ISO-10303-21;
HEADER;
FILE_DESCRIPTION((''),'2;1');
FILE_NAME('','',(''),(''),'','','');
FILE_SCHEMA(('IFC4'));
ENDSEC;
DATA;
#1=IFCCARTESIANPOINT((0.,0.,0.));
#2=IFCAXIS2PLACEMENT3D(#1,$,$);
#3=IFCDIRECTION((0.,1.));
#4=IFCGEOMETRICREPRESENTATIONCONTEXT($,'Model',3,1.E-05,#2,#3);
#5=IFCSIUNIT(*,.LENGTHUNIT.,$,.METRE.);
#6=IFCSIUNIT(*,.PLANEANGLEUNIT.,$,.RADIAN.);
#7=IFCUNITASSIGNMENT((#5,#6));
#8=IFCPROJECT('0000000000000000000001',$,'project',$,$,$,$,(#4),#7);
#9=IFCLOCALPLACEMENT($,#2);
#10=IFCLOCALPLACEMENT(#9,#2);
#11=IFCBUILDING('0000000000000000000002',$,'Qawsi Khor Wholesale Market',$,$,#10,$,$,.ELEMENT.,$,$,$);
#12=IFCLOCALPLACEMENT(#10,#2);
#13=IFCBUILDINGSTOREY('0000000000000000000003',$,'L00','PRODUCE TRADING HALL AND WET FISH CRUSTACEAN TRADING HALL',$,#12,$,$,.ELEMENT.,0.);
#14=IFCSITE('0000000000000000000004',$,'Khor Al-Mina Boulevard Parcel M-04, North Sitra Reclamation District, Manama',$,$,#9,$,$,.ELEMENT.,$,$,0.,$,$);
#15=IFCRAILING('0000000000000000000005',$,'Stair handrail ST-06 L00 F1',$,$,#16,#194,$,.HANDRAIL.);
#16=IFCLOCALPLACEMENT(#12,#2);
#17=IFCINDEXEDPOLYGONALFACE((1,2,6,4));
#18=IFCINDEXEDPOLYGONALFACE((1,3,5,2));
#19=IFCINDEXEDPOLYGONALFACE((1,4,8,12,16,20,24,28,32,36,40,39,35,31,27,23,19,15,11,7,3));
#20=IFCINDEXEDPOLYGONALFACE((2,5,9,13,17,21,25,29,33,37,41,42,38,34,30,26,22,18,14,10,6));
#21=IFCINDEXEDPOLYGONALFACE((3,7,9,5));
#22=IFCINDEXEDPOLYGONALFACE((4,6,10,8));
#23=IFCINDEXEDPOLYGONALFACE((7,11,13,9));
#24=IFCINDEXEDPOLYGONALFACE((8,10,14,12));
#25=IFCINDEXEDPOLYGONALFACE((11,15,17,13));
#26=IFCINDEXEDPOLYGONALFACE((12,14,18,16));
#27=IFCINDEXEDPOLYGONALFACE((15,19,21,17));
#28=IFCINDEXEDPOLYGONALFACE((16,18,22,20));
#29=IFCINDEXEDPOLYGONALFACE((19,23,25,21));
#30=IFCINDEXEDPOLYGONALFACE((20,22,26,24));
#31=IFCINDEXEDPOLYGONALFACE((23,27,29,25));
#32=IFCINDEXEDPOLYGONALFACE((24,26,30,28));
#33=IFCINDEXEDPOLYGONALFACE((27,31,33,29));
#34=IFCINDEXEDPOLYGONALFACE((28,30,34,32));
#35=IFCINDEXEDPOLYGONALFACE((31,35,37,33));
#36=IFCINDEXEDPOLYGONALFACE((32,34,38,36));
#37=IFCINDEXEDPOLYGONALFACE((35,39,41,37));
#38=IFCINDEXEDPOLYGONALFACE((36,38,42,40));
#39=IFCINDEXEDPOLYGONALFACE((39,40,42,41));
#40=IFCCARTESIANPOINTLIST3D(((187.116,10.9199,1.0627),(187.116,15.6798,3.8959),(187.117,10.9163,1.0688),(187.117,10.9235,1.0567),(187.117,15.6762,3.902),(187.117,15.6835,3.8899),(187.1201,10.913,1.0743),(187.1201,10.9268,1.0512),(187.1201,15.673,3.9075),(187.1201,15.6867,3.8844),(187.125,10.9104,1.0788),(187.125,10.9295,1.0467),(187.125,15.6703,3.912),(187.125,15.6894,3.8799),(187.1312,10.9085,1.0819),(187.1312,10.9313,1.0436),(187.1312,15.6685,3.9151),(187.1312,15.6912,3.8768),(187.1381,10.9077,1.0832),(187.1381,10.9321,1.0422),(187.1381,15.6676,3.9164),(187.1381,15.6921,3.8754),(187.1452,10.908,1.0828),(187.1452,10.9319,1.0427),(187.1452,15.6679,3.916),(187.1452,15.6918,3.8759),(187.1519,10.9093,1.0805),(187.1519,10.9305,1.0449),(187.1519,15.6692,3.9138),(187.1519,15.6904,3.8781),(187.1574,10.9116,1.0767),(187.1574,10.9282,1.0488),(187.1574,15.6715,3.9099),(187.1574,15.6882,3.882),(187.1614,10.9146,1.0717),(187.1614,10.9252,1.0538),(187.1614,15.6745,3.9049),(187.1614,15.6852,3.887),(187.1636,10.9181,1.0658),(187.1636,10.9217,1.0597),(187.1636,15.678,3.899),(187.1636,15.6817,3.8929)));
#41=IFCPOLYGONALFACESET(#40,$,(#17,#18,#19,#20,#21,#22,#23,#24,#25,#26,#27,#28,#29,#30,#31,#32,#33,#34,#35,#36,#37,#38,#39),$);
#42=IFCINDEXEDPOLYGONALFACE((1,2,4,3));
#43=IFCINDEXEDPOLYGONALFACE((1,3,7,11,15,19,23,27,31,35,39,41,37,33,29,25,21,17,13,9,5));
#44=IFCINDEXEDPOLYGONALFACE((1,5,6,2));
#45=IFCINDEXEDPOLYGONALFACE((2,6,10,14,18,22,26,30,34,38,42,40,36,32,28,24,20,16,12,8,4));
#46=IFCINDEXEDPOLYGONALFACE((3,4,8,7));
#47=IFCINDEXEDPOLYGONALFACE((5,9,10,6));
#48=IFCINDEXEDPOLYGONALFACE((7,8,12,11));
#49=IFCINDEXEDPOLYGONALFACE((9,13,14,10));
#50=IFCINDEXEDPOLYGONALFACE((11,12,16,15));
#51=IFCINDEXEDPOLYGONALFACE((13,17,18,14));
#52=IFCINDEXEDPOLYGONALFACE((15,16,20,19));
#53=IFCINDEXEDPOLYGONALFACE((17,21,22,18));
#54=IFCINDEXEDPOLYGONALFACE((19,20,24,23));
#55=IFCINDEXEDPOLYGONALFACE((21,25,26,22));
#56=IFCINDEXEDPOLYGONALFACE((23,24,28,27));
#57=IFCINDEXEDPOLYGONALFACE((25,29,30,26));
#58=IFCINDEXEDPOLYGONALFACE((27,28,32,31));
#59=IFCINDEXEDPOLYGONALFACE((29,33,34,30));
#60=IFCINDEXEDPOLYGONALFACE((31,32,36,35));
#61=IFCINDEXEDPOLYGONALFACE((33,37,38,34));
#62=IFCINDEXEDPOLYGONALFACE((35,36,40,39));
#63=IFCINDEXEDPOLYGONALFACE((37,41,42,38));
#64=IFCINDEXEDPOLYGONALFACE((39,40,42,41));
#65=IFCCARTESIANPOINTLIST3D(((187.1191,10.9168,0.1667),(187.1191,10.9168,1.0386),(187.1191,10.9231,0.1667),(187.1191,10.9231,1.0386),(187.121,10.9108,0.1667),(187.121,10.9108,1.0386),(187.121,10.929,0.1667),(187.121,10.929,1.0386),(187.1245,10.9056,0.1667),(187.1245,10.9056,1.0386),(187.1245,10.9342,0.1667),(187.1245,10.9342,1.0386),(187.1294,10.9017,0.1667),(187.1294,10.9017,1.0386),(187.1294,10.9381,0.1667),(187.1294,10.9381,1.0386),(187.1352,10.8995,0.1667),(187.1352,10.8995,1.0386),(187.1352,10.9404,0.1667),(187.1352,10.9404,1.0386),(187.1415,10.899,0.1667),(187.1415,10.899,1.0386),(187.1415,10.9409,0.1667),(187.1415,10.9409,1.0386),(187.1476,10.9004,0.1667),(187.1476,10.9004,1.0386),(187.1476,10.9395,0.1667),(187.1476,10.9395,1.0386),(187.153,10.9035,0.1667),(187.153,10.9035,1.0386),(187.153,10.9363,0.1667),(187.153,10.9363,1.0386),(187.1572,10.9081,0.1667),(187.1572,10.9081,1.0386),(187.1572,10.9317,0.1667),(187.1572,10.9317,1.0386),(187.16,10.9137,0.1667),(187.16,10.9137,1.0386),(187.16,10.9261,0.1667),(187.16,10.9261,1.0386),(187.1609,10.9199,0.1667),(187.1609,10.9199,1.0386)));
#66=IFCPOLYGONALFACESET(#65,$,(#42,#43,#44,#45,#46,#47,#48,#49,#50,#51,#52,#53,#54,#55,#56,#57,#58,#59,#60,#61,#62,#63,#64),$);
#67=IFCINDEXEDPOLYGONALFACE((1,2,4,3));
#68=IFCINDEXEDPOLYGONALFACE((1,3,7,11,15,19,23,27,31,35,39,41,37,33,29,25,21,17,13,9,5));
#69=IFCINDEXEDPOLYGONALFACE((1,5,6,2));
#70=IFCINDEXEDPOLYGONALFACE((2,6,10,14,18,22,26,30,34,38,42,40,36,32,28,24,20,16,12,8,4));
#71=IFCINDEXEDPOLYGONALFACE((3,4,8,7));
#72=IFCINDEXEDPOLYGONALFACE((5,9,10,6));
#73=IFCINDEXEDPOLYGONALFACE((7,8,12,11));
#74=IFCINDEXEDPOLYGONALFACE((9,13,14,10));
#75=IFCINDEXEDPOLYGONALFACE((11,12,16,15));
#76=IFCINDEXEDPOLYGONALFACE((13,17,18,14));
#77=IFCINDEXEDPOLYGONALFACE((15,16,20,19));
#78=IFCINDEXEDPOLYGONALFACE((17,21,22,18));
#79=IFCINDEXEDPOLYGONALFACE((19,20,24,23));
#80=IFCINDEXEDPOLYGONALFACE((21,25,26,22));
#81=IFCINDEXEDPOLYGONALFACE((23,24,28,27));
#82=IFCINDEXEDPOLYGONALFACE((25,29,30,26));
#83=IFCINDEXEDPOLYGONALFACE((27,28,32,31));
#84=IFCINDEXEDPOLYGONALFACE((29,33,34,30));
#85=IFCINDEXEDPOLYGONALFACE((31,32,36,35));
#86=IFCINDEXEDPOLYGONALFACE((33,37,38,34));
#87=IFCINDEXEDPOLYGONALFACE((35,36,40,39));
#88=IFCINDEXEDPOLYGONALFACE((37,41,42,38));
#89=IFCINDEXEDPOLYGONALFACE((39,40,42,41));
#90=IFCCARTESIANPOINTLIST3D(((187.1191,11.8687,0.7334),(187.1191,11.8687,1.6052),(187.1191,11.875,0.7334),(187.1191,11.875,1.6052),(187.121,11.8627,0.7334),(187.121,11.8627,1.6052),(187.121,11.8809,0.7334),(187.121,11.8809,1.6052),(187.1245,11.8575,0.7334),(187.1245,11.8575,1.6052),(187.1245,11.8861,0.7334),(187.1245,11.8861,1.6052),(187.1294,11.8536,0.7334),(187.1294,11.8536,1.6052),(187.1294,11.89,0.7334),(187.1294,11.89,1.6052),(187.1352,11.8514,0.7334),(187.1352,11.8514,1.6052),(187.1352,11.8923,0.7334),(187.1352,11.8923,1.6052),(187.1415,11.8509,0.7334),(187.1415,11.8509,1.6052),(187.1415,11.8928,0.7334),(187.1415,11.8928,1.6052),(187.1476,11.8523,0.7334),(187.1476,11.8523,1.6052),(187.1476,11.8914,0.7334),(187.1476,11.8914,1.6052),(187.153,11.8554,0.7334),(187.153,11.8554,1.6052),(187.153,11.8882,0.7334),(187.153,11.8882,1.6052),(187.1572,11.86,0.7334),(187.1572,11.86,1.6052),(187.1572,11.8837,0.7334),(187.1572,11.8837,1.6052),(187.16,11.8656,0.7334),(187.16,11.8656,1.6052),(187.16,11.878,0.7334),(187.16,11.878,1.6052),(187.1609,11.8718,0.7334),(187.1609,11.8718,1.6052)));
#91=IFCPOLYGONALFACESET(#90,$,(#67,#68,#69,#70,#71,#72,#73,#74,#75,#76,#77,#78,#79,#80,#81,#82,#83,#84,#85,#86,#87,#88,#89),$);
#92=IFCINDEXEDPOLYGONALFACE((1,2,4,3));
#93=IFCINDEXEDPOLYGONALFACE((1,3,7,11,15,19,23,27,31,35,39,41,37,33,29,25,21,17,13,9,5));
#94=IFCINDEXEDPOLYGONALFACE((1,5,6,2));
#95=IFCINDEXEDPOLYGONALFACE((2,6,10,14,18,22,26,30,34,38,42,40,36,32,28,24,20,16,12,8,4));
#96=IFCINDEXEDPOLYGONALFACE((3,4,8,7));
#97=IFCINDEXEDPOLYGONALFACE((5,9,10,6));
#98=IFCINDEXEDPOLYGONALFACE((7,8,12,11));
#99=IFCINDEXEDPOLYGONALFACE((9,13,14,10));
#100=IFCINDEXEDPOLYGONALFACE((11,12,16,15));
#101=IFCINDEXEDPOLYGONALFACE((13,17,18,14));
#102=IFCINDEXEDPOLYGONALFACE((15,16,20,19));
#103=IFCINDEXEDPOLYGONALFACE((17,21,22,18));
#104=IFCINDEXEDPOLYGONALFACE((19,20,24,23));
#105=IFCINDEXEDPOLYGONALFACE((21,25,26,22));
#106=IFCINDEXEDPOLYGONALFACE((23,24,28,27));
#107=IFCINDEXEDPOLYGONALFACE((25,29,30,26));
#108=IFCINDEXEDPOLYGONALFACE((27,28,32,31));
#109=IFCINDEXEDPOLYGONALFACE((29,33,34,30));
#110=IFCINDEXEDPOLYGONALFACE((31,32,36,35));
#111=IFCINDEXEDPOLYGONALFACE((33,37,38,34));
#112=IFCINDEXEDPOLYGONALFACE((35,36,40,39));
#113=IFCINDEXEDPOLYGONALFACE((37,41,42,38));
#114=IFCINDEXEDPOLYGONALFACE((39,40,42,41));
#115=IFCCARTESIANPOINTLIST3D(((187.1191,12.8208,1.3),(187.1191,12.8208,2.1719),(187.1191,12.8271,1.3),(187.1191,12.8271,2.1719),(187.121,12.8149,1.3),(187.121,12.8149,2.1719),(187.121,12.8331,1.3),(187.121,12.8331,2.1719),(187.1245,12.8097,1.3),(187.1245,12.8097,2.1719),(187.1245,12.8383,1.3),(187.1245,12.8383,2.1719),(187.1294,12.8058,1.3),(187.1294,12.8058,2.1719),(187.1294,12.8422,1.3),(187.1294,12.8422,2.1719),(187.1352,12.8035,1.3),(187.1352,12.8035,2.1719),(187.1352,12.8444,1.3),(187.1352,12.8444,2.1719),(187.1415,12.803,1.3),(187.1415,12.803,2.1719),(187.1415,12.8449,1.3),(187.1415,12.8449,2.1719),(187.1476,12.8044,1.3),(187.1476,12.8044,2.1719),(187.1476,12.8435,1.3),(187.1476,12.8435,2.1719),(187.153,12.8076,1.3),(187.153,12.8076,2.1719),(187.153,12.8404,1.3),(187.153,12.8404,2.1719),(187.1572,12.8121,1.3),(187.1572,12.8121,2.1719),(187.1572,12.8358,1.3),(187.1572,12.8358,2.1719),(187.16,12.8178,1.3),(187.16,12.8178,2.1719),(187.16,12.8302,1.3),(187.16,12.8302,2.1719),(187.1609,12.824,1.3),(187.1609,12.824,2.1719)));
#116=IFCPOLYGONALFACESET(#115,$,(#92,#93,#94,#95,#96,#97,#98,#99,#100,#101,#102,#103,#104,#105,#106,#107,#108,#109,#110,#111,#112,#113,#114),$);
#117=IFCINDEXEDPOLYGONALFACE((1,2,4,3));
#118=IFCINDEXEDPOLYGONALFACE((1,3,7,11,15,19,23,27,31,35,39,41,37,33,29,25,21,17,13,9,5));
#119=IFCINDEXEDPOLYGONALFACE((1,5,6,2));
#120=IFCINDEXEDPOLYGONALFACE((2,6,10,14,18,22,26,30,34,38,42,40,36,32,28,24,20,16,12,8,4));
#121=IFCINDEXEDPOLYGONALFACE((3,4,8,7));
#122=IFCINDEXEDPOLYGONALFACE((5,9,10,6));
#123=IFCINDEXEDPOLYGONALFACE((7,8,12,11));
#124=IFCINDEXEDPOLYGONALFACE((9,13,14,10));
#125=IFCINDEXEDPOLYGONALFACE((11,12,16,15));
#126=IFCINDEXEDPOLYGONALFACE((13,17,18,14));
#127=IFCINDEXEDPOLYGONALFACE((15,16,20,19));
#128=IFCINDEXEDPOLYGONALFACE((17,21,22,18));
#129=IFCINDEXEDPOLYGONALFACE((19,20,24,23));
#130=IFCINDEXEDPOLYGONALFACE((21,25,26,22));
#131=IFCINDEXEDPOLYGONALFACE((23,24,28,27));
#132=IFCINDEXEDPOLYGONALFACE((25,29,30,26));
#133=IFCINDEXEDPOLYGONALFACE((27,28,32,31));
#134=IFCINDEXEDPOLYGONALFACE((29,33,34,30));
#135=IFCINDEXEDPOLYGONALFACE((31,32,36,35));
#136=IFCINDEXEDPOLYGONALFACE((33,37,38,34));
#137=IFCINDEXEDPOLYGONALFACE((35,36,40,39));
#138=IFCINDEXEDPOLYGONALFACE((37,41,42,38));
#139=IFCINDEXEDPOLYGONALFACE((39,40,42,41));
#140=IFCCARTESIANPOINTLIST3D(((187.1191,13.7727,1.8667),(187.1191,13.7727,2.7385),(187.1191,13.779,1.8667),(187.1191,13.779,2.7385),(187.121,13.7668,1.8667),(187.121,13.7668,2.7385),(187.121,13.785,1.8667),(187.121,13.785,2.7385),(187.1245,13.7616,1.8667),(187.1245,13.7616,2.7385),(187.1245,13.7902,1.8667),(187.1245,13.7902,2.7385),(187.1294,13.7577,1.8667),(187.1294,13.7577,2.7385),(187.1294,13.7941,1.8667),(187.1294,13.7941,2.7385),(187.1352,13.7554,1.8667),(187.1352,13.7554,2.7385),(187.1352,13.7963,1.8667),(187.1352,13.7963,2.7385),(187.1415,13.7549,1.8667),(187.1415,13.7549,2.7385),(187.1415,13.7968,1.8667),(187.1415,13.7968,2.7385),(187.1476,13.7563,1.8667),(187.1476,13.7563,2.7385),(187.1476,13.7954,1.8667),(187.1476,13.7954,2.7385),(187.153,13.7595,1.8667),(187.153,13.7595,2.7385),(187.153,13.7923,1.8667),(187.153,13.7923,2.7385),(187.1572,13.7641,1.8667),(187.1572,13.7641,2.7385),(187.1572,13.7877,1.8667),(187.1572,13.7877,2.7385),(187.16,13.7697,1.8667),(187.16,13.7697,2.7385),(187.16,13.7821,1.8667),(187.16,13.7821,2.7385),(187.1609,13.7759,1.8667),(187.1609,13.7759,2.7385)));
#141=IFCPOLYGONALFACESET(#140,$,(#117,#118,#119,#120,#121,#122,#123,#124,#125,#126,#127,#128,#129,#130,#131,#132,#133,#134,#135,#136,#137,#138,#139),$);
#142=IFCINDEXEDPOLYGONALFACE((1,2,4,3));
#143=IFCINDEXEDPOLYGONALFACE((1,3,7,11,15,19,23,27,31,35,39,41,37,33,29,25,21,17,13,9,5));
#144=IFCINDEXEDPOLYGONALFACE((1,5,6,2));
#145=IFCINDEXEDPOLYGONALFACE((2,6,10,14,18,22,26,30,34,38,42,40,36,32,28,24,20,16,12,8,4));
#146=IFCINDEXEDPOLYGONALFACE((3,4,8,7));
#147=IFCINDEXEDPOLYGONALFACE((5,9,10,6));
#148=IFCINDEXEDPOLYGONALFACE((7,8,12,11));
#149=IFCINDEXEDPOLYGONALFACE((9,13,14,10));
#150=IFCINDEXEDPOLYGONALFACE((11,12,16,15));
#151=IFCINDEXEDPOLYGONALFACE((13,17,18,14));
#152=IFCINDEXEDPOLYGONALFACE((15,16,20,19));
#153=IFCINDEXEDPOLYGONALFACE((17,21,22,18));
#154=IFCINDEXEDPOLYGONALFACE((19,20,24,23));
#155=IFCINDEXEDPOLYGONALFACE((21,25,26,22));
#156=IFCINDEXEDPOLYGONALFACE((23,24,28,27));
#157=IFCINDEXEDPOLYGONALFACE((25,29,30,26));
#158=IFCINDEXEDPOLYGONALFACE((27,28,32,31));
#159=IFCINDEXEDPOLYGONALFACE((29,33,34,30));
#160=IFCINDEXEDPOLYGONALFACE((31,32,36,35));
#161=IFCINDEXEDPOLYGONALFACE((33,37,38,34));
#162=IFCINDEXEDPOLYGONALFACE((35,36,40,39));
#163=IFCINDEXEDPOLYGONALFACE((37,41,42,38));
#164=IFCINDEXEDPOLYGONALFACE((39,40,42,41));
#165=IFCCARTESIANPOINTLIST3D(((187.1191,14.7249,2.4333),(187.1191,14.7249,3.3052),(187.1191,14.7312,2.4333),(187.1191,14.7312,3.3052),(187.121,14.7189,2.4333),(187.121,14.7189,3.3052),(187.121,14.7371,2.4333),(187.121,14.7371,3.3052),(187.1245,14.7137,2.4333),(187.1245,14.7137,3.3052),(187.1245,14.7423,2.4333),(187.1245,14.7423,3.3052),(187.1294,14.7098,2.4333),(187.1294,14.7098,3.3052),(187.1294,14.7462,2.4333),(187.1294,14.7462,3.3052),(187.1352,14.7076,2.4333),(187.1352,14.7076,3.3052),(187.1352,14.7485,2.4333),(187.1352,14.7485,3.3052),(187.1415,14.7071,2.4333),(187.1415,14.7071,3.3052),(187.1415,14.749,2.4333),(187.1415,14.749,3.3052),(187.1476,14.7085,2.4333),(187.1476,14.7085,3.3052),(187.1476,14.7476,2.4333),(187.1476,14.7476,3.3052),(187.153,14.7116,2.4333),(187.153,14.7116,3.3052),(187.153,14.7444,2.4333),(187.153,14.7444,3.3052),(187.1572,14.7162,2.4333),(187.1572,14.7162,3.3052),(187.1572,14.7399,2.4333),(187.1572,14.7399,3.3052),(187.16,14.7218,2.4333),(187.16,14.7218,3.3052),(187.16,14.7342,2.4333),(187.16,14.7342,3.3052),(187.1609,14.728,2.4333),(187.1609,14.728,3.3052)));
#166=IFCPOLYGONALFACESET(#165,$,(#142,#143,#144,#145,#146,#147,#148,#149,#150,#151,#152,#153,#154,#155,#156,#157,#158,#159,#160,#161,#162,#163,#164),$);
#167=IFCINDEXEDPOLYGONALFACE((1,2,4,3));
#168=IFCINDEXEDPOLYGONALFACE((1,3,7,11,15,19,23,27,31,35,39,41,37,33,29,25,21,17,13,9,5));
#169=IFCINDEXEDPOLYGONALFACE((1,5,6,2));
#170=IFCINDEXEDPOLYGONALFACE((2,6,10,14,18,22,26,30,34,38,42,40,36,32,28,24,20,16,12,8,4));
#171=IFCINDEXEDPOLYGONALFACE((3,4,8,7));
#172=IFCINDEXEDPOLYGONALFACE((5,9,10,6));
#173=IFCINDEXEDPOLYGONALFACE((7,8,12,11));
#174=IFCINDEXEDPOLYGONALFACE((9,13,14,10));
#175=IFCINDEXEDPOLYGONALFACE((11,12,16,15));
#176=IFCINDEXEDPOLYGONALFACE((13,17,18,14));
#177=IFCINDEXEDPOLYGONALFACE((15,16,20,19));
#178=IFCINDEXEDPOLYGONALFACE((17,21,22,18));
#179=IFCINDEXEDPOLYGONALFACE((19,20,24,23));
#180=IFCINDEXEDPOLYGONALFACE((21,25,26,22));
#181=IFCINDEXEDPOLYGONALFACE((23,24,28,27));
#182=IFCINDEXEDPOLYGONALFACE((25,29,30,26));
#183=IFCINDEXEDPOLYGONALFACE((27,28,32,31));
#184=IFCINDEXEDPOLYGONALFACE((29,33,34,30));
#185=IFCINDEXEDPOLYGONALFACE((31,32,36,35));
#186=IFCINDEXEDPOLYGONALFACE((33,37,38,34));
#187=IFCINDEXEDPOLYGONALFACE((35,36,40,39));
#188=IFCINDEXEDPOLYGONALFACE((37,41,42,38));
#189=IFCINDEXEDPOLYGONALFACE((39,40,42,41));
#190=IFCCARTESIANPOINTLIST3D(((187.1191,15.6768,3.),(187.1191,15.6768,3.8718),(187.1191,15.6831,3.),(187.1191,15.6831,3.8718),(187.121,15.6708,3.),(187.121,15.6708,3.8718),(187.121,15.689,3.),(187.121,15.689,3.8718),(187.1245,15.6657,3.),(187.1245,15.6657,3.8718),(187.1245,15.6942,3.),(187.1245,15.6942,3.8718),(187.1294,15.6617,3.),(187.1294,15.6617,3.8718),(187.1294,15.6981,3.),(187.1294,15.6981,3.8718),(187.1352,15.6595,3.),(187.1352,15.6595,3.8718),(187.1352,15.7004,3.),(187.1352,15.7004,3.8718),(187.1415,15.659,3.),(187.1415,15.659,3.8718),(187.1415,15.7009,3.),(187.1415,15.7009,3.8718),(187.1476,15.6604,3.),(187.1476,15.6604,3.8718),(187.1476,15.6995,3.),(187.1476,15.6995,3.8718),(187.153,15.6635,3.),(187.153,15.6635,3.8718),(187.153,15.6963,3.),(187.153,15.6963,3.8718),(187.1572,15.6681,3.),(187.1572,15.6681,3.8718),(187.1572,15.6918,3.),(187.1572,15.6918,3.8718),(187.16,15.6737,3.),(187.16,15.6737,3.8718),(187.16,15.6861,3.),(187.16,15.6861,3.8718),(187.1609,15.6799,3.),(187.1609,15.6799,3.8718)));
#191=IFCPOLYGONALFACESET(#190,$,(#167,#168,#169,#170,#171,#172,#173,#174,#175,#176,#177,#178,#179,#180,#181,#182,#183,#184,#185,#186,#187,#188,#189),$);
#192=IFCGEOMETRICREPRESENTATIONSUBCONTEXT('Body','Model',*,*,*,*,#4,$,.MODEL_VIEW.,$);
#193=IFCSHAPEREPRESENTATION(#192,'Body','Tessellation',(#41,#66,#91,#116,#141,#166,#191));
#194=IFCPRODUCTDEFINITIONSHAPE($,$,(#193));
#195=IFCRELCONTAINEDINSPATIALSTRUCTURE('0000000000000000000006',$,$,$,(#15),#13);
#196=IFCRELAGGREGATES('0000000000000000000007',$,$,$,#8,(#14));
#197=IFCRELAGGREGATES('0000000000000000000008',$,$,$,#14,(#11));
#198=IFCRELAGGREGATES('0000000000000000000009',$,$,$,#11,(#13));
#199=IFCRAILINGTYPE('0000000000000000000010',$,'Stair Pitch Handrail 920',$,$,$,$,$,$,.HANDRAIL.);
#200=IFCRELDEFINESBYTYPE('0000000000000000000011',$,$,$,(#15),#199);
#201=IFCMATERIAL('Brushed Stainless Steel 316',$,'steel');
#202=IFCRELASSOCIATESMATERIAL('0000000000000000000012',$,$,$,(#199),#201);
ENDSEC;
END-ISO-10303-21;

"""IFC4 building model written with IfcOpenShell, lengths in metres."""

from ifc_helpers import new_model, si_unit, direction, frame, origin, origin_2d, place, context, subcontext, project, spatial, circle, extrude, material, type_object, element, save


model = new_model("IFC4")

# Units and contexts
model_context = context("Model", 3, precision=1e-05, world=origin(), true_north=direction((0.0, 1.0)))
body_context = subcontext(model_context, "Body", "Model", "MODEL_VIEW")
ifc_project = project(units=[si_unit("LENGTHUNIT", "METRE"), si_unit("PLANEANGLEUNIT", "RADIAN")], contexts=[model_context])

# Site, building, storey
site_placement = place(None, origin())
site = spatial("IfcSite", under=ifc_project, at=site_placement, Name="Khor Al-Mina Boulevard Parcel M-04, North Sitra Reclamation District, Manama", CompositionType="ELEMENT", RefElevation=0.0)
building_placement = place(site_placement, origin())
building = spatial("IfcBuilding", under=site, at=building_placement, Name="Qawsi Khor Wholesale Market", CompositionType="ELEMENT")
storey_placement = place(building_placement, origin())
storey = spatial("IfcBuildingStorey", under=building, at=storey_placement, Name="L00", Description="PRODUCE TRADING HALL AND WET FISH CRUSTACEAN TRADING HALL", CompositionType="ELEMENT", Elevation=0.0)

# Railing
ifc_material_1 = material(Name="Brushed Stainless Steel 316", Category="steel")
railing_type = type_object("IfcRailingType", Name="Stair Pitch Handrail 920", PredefinedType="HANDRAIL", material=ifc_material_1)
railing_1_placement = place(storey_placement, frame((187.1399, 10.9199, 0.1667)))
element("IfcRailing", 1, at=railing_1_placement, inside=storey, type_object=railing_type, Name="Stair handrail ST-06 L00 F1", PredefinedType="HANDRAIL", context=body_context, shape_type="SweptSolid", body=[
    extrude(circle(Radius=0.0239, at=origin_2d()), frame((0.0, 0.0, 0.896), z_axis=(0.0, 0.8593, 0.511472), x_axis=(-1.0, 0.0, 0.0)), (0.0, 0.0, 1.0), 5.5393),
    extrude(circle(Radius=0.021, at=origin_2d()), origin(), (0.0, 0.0, 1.0), 0.8718),
    extrude(circle(Radius=0.021, at=origin_2d()), frame((0.0, 0.9519, 0.5667)), (0.0, 0.0, 1.0), 0.8718),
    extrude(circle(Radius=0.021, at=origin_2d()), frame((0.0, 1.9041, 1.1333)), (0.0, 0.0, 1.0), 0.8718),
    extrude(circle(Radius=0.021, at=origin_2d()), frame((0.0, 2.856, 1.7)), (0.0, 0.0, 1.0), 0.8718),
    extrude(circle(Radius=0.021, at=origin_2d()), frame((0.0, 3.8081, 2.2666)), (0.0, 0.0, 1.0), 0.8718),
    extrude(circle(Radius=0.021, at=origin_2d()), frame((0.0, 4.76, 2.8333)), (0.0, 0.0, 1.0), 0.8718),
])

save(model, "model.ifc")
